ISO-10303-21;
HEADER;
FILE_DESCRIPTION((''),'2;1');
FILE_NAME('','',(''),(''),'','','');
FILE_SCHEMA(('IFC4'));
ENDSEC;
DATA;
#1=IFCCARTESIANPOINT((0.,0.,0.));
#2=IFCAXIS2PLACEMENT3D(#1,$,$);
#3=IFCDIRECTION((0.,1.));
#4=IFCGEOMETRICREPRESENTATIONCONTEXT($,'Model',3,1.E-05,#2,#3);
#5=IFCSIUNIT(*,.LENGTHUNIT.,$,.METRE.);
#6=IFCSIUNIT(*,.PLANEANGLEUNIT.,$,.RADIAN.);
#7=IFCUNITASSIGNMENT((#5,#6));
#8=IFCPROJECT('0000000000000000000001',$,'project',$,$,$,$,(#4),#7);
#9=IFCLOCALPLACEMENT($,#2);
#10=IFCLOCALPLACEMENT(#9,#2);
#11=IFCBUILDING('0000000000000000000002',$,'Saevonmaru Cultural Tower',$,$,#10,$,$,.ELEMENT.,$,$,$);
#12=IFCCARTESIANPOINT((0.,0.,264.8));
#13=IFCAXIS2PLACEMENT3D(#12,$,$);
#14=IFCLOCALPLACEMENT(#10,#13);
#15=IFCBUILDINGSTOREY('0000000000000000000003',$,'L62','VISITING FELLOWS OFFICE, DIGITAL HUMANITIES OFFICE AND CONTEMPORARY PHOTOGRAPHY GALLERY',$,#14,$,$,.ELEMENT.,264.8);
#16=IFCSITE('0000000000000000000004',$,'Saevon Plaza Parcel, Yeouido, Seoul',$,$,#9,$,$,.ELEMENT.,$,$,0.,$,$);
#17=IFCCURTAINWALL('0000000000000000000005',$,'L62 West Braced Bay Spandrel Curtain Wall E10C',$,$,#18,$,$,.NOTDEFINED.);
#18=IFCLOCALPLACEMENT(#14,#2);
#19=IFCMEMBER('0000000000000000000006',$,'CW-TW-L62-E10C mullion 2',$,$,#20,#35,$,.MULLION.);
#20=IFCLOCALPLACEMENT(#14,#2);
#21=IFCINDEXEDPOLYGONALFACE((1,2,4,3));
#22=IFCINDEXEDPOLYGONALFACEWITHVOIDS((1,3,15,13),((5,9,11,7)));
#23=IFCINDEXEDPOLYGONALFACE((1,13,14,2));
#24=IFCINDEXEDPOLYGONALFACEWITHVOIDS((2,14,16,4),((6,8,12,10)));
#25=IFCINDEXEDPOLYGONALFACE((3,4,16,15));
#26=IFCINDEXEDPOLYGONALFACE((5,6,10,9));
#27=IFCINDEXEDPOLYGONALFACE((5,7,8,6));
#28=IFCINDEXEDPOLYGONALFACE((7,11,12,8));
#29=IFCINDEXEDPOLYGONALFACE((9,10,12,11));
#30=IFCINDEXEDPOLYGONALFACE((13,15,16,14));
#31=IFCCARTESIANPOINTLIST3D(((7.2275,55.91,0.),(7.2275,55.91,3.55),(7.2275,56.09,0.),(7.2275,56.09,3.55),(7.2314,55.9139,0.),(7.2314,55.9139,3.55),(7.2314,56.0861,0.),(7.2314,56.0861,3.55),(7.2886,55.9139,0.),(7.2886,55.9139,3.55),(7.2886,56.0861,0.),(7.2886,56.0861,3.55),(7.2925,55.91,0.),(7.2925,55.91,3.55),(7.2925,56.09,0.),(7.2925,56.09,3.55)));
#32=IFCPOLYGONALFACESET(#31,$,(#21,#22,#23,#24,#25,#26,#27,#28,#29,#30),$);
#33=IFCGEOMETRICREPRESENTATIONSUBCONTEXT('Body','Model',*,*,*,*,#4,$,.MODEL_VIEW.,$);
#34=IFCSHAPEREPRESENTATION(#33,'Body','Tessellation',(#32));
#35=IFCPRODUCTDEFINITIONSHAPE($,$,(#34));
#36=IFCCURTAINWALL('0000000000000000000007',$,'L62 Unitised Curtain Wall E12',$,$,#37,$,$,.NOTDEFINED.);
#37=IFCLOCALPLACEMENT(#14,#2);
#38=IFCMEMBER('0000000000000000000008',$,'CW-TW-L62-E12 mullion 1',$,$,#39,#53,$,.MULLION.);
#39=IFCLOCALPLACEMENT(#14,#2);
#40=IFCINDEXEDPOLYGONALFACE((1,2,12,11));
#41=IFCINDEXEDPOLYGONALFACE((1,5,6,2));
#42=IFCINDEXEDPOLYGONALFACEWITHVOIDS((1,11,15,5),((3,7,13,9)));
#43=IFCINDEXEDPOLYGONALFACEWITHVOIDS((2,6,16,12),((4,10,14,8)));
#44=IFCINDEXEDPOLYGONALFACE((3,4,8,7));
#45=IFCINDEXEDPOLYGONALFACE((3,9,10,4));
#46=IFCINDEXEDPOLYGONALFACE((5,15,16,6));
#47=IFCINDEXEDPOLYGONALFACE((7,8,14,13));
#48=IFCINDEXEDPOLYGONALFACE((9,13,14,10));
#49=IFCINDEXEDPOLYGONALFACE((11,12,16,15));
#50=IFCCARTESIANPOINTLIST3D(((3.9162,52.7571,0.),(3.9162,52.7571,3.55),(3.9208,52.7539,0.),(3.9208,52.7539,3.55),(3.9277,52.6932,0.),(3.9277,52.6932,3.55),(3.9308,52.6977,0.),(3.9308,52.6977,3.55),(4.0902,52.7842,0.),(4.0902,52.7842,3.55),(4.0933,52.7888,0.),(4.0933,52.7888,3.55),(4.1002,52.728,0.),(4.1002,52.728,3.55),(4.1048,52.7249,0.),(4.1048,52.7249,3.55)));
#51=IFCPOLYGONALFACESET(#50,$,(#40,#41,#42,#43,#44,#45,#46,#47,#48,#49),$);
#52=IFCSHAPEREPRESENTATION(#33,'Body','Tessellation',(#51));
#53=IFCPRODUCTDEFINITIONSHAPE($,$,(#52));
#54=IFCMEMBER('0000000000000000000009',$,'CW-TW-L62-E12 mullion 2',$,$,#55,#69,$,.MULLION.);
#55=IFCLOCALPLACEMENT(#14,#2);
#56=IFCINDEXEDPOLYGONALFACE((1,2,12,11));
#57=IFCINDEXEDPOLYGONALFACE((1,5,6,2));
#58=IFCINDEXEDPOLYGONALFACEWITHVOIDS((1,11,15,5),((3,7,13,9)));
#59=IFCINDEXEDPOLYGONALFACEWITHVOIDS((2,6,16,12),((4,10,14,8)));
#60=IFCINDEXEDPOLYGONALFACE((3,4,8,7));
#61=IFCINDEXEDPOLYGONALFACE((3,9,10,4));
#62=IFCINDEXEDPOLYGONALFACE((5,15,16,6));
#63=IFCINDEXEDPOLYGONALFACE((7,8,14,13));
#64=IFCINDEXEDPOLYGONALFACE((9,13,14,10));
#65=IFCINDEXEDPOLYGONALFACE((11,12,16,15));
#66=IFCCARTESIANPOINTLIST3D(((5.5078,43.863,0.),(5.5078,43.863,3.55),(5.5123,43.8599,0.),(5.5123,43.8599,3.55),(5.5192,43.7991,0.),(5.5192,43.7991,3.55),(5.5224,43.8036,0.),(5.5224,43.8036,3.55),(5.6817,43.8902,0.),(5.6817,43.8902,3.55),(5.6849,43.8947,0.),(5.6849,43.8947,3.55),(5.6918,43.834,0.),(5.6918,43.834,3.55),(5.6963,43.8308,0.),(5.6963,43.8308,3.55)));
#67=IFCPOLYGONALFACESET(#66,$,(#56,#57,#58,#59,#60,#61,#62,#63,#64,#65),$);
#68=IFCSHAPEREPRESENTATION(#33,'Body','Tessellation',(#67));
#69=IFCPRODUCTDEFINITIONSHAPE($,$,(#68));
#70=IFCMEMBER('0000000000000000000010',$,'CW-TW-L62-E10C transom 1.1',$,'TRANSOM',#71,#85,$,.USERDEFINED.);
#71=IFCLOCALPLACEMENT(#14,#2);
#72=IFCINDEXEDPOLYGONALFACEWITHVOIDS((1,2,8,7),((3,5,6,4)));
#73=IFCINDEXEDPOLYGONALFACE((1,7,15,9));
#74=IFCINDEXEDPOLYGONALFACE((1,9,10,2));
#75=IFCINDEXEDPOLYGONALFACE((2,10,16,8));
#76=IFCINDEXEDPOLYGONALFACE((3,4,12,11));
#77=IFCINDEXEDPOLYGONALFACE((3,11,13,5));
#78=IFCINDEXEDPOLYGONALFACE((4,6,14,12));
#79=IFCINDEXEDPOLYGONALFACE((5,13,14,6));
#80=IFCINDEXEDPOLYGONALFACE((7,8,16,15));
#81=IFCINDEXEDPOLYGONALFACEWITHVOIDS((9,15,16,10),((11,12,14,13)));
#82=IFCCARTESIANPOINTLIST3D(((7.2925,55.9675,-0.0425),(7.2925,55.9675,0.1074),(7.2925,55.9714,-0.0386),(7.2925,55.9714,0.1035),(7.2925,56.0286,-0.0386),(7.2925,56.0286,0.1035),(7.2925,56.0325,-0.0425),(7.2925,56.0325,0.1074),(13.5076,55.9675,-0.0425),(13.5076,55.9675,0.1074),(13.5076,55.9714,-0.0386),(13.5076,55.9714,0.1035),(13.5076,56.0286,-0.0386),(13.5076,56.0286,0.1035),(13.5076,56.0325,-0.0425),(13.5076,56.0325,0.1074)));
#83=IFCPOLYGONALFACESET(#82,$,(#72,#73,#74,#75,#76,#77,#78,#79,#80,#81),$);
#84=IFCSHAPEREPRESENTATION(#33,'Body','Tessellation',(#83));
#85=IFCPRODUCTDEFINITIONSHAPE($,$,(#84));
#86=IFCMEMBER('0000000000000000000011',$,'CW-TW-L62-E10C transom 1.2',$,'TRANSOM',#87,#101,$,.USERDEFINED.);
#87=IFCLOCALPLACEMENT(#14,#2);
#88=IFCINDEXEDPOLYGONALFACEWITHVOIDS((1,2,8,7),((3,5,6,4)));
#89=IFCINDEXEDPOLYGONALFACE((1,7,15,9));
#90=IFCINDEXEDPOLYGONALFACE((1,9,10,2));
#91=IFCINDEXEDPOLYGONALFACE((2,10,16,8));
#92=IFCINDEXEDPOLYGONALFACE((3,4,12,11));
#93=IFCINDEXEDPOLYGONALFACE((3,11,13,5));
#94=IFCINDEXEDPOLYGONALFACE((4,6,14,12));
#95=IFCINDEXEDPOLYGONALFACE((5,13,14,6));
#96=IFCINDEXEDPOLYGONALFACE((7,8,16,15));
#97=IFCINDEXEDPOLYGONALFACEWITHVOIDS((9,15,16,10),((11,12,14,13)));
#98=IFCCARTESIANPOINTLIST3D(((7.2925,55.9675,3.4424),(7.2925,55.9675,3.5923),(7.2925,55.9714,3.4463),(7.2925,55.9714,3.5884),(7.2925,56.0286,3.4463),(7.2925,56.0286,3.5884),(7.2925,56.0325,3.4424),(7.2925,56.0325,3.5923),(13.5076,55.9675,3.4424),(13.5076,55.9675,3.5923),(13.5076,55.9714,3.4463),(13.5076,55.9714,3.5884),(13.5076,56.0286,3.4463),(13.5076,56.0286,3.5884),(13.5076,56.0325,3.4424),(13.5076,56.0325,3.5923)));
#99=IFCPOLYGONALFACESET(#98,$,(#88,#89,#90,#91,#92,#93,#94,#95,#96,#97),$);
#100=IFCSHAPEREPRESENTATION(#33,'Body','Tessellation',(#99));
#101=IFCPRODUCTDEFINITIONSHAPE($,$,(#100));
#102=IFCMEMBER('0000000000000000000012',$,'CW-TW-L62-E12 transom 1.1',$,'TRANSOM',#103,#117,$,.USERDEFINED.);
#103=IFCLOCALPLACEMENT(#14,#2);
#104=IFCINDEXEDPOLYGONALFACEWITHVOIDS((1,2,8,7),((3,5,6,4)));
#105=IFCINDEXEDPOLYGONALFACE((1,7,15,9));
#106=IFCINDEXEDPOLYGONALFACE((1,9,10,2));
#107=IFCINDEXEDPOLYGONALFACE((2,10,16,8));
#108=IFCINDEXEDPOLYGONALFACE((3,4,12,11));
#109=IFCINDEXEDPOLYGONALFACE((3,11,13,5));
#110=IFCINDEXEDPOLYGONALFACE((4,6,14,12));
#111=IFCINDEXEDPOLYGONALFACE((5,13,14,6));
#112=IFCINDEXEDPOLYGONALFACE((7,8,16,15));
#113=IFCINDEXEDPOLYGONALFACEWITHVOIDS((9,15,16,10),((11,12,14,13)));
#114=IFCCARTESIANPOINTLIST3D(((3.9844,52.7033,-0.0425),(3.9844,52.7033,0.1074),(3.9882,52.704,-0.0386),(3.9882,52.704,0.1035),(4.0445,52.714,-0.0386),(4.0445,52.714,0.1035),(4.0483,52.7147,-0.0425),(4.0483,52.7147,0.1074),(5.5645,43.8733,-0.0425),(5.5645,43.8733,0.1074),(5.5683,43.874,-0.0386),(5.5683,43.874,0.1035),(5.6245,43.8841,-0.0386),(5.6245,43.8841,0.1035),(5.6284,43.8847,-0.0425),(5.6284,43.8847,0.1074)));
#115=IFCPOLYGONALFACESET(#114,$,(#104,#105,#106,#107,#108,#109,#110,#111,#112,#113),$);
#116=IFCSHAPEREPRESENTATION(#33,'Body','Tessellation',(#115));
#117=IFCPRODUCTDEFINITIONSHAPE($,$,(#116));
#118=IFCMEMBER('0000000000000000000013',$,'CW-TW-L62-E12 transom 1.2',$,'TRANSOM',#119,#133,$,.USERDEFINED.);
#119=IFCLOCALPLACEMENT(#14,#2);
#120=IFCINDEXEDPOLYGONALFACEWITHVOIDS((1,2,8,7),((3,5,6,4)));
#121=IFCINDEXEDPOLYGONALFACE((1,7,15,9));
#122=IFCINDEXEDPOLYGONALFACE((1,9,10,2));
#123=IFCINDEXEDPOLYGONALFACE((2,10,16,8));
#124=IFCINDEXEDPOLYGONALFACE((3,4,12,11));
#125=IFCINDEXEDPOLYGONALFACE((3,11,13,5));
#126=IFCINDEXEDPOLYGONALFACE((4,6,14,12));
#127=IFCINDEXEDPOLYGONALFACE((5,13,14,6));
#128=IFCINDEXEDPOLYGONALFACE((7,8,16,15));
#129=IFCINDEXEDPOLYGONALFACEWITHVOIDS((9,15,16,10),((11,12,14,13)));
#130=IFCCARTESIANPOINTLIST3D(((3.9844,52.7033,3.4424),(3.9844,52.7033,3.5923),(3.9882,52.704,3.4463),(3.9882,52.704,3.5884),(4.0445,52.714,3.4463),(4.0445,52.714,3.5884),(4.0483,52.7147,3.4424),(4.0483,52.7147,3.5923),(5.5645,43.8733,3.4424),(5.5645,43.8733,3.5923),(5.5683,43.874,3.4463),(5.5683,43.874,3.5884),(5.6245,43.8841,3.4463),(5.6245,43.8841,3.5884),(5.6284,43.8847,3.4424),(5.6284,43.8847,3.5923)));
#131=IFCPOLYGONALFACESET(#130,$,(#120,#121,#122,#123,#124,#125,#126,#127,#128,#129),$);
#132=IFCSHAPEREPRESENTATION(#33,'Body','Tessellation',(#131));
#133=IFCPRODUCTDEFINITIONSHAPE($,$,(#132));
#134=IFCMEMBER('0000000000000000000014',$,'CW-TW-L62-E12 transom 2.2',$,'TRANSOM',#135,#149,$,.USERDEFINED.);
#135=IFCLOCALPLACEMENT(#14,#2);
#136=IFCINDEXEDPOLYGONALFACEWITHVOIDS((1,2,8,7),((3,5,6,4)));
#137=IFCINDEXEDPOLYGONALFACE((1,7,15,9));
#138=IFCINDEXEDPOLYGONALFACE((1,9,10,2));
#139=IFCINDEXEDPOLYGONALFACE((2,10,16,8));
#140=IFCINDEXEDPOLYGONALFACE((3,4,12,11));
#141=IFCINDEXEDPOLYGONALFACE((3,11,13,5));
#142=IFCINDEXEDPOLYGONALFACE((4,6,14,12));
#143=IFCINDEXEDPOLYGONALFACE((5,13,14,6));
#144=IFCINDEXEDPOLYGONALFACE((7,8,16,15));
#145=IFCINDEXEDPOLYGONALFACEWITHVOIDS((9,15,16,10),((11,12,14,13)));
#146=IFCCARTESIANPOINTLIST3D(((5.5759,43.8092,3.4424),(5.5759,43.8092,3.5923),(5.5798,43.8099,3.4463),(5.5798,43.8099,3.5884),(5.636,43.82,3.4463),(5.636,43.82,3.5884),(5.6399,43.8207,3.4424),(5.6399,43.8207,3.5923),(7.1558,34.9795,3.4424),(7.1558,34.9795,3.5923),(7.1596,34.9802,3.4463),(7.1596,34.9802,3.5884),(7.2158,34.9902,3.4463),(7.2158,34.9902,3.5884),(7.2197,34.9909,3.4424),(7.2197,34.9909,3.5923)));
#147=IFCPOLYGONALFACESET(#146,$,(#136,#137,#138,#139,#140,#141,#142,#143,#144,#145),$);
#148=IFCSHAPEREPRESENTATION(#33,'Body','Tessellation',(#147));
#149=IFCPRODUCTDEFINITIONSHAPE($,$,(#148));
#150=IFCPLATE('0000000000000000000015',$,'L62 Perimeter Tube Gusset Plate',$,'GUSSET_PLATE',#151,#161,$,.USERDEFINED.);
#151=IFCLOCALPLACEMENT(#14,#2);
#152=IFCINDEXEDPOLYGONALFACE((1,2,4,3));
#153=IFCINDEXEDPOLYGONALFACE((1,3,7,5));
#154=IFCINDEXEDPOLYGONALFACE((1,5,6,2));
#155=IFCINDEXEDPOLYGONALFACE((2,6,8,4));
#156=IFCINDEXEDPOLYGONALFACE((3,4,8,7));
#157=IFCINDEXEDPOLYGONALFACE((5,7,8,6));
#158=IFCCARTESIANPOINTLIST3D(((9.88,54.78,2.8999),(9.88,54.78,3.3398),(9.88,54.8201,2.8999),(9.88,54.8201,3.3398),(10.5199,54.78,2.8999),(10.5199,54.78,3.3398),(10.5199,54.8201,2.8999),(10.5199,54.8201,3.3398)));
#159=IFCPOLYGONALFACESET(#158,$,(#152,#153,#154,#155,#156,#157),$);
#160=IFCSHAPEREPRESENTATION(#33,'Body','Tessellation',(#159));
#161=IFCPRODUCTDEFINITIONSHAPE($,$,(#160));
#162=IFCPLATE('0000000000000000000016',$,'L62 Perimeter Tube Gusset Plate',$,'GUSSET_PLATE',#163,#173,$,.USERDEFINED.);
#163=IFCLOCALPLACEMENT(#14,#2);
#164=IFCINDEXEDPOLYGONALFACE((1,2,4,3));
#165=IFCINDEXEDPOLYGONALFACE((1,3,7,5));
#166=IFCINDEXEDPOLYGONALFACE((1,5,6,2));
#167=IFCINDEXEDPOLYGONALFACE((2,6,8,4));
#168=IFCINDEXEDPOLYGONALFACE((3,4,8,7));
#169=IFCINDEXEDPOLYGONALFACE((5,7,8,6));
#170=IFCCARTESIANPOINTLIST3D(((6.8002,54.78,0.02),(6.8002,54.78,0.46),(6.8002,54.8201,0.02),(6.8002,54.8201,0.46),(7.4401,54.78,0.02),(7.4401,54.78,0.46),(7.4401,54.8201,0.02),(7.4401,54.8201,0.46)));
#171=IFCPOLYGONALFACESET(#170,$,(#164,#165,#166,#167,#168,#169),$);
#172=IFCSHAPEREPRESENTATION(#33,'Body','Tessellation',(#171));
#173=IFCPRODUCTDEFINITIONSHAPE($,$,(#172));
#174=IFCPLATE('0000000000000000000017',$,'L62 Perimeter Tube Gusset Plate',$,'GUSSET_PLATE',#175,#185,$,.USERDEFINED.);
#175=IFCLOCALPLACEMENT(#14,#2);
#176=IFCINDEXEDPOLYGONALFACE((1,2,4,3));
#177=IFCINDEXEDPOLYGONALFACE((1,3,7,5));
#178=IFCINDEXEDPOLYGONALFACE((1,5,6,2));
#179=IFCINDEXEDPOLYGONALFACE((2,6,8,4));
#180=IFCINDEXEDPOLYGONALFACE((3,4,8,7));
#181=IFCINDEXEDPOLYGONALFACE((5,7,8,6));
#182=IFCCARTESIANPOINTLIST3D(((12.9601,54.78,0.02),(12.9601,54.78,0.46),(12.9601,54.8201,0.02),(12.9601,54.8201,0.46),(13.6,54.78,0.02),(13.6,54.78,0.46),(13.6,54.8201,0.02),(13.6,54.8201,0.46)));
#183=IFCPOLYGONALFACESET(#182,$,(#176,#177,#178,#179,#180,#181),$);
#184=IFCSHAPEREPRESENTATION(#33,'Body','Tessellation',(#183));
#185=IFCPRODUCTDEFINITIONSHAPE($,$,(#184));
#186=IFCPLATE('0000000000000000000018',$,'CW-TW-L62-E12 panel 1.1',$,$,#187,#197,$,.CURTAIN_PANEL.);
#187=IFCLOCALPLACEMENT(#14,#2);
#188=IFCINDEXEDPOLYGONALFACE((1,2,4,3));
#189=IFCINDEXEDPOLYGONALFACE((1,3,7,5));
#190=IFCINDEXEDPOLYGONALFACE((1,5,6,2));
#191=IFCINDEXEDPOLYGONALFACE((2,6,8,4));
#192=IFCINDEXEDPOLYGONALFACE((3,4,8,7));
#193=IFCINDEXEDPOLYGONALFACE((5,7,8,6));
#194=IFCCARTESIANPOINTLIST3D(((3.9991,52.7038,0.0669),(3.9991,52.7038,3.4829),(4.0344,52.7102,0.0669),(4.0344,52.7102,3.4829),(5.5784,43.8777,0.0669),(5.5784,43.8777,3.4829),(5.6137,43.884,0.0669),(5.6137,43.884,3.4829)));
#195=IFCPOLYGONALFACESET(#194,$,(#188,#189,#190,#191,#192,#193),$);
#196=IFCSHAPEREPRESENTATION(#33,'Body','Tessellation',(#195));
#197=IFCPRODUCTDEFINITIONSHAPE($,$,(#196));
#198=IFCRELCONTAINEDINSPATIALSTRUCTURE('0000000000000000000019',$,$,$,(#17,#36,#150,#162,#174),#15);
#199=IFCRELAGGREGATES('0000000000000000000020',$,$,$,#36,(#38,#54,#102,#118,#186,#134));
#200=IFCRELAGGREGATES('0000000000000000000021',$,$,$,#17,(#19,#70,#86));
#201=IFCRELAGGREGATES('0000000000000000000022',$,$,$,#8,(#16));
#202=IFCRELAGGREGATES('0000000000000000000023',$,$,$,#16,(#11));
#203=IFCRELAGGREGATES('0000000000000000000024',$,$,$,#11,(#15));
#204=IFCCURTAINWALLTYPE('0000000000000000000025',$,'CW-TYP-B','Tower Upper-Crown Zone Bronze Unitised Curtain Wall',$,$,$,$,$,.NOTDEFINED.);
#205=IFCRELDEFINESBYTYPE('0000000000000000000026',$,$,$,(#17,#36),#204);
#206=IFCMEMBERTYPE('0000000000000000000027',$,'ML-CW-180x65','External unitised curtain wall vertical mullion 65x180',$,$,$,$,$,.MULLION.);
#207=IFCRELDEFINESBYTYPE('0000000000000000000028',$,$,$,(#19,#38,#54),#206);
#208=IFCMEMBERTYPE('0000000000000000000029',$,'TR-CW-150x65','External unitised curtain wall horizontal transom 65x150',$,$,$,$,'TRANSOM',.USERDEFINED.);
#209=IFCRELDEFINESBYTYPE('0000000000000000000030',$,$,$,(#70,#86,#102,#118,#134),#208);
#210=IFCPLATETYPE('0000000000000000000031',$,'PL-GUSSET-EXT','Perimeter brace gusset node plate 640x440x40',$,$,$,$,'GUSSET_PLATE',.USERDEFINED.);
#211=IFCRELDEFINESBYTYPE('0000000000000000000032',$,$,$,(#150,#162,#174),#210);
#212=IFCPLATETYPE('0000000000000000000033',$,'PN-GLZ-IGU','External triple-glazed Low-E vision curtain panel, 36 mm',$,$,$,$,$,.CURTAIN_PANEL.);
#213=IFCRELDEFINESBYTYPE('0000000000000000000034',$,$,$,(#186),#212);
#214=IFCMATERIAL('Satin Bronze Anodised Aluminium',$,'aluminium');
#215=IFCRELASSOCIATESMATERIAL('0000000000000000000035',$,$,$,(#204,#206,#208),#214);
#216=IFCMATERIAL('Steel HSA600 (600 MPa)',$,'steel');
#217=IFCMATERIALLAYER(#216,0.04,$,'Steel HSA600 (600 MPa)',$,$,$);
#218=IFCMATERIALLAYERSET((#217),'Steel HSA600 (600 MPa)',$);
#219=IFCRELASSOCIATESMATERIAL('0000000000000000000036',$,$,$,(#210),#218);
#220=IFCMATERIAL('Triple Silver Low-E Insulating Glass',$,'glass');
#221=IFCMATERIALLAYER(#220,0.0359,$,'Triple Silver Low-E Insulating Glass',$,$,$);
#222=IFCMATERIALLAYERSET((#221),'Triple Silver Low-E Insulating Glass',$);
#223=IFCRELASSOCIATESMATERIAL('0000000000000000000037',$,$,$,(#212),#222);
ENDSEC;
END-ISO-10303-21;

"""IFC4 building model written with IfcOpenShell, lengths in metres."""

from ifc_helpers import new_model, si_unit, direction, frame, origin, origin_2d, place, context, subcontext, project, spatial, rectangle, hollow_rectangle, extrude, material, layer, layer_set, material_profile, profile_set, type_object, element, aggregate, save


model = new_model("IFC4")

# Units and contexts
model_context = context("Model", 3, precision=1e-05, world=origin(), true_north=direction((0.0, 1.0)))
body_context = subcontext(model_context, "Body", "Model", "MODEL_VIEW")
ifc_project = project(units=[si_unit("LENGTHUNIT", "METRE"), si_unit("PLANEANGLEUNIT", "RADIAN")], contexts=[model_context])

# Site, building, storey
site_placement = place(None, origin())
site = spatial("IfcSite", under=ifc_project, at=site_placement, Name="Saevon Plaza Parcel, Yeouido, Seoul", CompositionType="ELEMENT", RefElevation=0.0)
building_placement = place(site_placement, origin())
building = spatial("IfcBuilding", under=site, at=building_placement, Name="Saevonmaru Cultural Tower", CompositionType="ELEMENT")
storey_placement = place(building_placement, frame((0.0, 0.0, 264.8)))
storey = spatial("IfcBuildingStorey", under=building, at=storey_placement, Name="L62", Description="VISITING FELLOWS OFFICE, DIGITAL HUMANITIES OFFICE AND CONTEMPORARY PHOTOGRAPHY GALLERY", CompositionType="ELEMENT", Elevation=264.8)

# Curtain walls, members
ifc_material_1 = material(Name="Satin Bronze Anodised Aluminium", Category="aluminium")
curtain_wall_type = type_object("IfcCurtainWallType", Name="CW-TYP-B", Description="Tower Upper-Crown Zone Bronze Unitised Curtain Wall", PredefinedType="NOTDEFINED", material=ifc_material_1)
curtain_wall_1_placement = place(storey_placement, origin())
curtain_wall_1 = element("IfcCurtainWall", 1, at=curtain_wall_1_placement, inside=storey, type_object=curtain_wall_type, Name="L62 West Braced Bay Spandrel Curtain Wall E10C", PredefinedType="NOTDEFINED")
ifc_material_profile_1 = material_profile(ifc_material_1, hollow_rectangle(XDim=0.0649, YDim=0.1799, WallThickness=0.0039, at=origin_2d()), Name="ALU-MULL-180x65x4")
ifc_profile_set_1 = profile_set([ifc_material_profile_1], Name="Satin Bronze Anodised Aluminium")
member_type_1 = type_object("IfcMemberType", Name="ML-CW-180x65", Description="External unitised curtain wall vertical mullion 65x180", PredefinedType="MULLION", material=ifc_profile_set_1)
member_1_placement = place(storey_placement, frame((7.26, 56.0, 0.0), z_axis=(0.0, 0.0, 1.0), x_axis=(-1.0, 0.0, 0.0)))
member_1 = element("IfcMember", 2, at=member_1_placement, type_object=member_type_1, Name="CW-TW-L62-E10C mullion 2", PredefinedType="MULLION", context=body_context, shape_type="SweptSolid", body=[
    extrude(hollow_rectangle(XDim=0.0649, YDim=0.1799, WallThickness=0.0039, at=origin_2d()), origin(), (0.0, 0.0, 1.0), 3.55),
])
curtain_wall_2_placement = place(storey_placement, origin())
curtain_wall_2 = element("IfcCurtainWall", 3, at=curtain_wall_2_placement, inside=storey, type_object=curtain_wall_type, Name="L62 Unitised Curtain Wall E12", PredefinedType="NOTDEFINED")
member_2_placement = place(storey_placement, frame((4.0105, 52.741, 0.0), z_axis=(0.0, 0.0, 1.0), x_axis=(0.176141, -0.984365, 0.0)))
member_2 = element("IfcMember", 4, at=member_2_placement, type_object=member_type_1, Name="CW-TW-L62-E12 mullion 1", PredefinedType="MULLION", context=body_context, shape_type="SweptSolid", body=[
    extrude(hollow_rectangle(XDim=0.0649, YDim=0.1799, WallThickness=0.0039, at=origin_2d()), origin(), (0.0, 0.0, 1.0), 3.55),
])
member_3_placement = place(storey_placement, frame((5.6021, 43.8469, 0.0), z_axis=(0.0, 0.0, 1.0), x_axis=(0.176141, -0.984365, 0.0)))
member_3 = element("IfcMember", 5, at=member_3_placement, type_object=member_type_1, Name="CW-TW-L62-E12 mullion 2", PredefinedType="MULLION", context=body_context, shape_type="SweptSolid", body=[
    extrude(hollow_rectangle(XDim=0.0649, YDim=0.1799, WallThickness=0.0039, at=origin_2d()), origin(), (0.0, 0.0, 1.0), 3.55),
])

# Members
ifc_material_profile_2 = material_profile(ifc_material_1, hollow_rectangle(XDim=0.0649, YDim=0.1499, WallThickness=0.0039, at=origin_2d()), Name="ALU-TRAN-150x65x4")
ifc_profile_set_2 = profile_set([ifc_material_profile_2], Name="Satin Bronze Anodised Aluminium")
member_type_2 = type_object("IfcMemberType", Name="TR-CW-150x65", Description="External unitised curtain wall horizontal transom 65x150", ElementType="TRANSOM", PredefinedType="USERDEFINED", material=ifc_profile_set_2)
member_4_placement = place(storey_placement, frame((13.5076, 56.0, 0.0325), z_axis=(-1.0, 0.0, 0.0), x_axis=(0.0, -1.0, 0.0)))
member_4 = element("IfcMember", 6, at=member_4_placement, type_object=member_type_2, Name="CW-TW-L62-E10C transom 1.1", ObjectType="TRANSOM", PredefinedType="USERDEFINED", context=body_context, shape_type="SweptSolid", body=[
    extrude(hollow_rectangle(XDim=0.0649, YDim=0.1499, WallThickness=0.0039, at=origin_2d()), origin(), (0.0, 0.0, 1.0), 6.2151),
])
member_5_placement = place(storey_placement, frame((13.5076, 56.0, 3.5173), z_axis=(-1.0, 0.0, 0.0), x_axis=(0.0, -1.0, 0.0)))
member_5 = element("IfcMember", 7, at=member_5_placement, type_object=member_type_2, Name="CW-TW-L62-E10C transom 1.2", ObjectType="TRANSOM", PredefinedType="USERDEFINED", context=body_context, shape_type="SweptSolid", body=[
    extrude(hollow_rectangle(XDim=0.0649, YDim=0.1499, WallThickness=0.0039, at=origin_2d()), origin(), (0.0, 0.0, 1.0), 6.2151),
])
member_6_placement = place(storey_placement, frame((4.0164, 52.709, 0.0325), z_axis=(0.176145, -0.984364, 0.0), x_axis=(0.984364, 0.176145, 0.0)))
member_6 = element("IfcMember", 8, at=member_6_placement, type_object=member_type_2, Name="CW-TW-L62-E12 transom 1.1", ObjectType="TRANSOM", PredefinedType="USERDEFINED", context=body_context, shape_type="SweptSolid", body=[
    extrude(hollow_rectangle(XDim=0.0649, YDim=0.1499, WallThickness=0.0039, at=origin_2d()), origin(), (0.0, 0.0, 1.0), 8.9702),
])
member_7_placement = place(storey_placement, frame((4.0164, 52.709, 3.5173), z_axis=(0.176145, -0.984364, 0.0), x_axis=(0.984364, 0.176145, 0.0)))
member_7 = element("IfcMember", 9, at=member_7_placement, type_object=member_type_2, Name="CW-TW-L62-E12 transom 1.2", ObjectType="TRANSOM", PredefinedType="USERDEFINED", context=body_context, shape_type="SweptSolid", body=[
    extrude(hollow_rectangle(XDim=0.0649, YDim=0.1499, WallThickness=0.0039, at=origin_2d()), origin(), (0.0, 0.0, 1.0), 8.9702),
])
member_8_placement = place(storey_placement, frame((5.6079, 43.8149, 3.5173), z_axis=(0.176123, -0.984368, 0.0), x_axis=(0.984368, 0.176123, 0.0)))
member_8 = element("IfcMember", 10, at=member_8_placement, type_object=member_type_2, Name="CW-TW-L62-E12 transom 2.2", ObjectType="TRANSOM", PredefinedType="USERDEFINED", context=body_context, shape_type="SweptSolid", body=[
    extrude(hollow_rectangle(XDim=0.0649, YDim=0.1499, WallThickness=0.0039, at=origin_2d()), origin(), (0.0, 0.0, 1.0), 8.97),
])

# Plates
ifc_material_2 = material(Name="Steel HSA600 (600 MPa)", Category="steel")
ifc_layer_1 = layer(ifc_material_2, 0.04, Name="Steel HSA600 (600 MPa)")
ifc_layer_set_1 = layer_set([ifc_layer_1], Name="Steel HSA600 (600 MPa)")
plate_type_1 = type_object("IfcPlateType", Name="PL-GUSSET-EXT", Description="Perimeter brace gusset node plate 640x440x40", ElementType="GUSSET_PLATE", PredefinedType="USERDEFINED", material=ifc_layer_set_1)
for number, where, z_axis, x_axis, name in (
    (11, (10.2, 54.8, 2.8999), (0.0, 0.0, 1.0), (1.0, 0.0, 0.0), "L62 Perimeter Tube Gusset Plate"),
    (12, (7.1201, 54.8, 0.02), (0.0, 0.0, 1.0), (1.0, 0.0, 0.0), "L62 Perimeter Tube Gusset Plate"),
    (13, (13.28, 54.8, 0.02), (0.0, 0.0, 1.0), (1.0, 0.0, 0.0), "L62 Perimeter Tube Gusset Plate"),
):
    element("IfcPlate", number, at=place(storey_placement, frame(where, z_axis=z_axis, x_axis=x_axis)), inside=storey, type_object=plate_type_1, Name=name, ObjectType="GUSSET_PLATE", PredefinedType="USERDEFINED", context=body_context, shape_type="SweptSolid", body=[
        extrude(rectangle(XDim=0.6399, YDim=0.04, at=origin_2d()), origin(), (0.0, 0.0, 1.0), 0.4399),
    ])

# Plate
ifc_material_3 = material(Name="Triple Silver Low-E Insulating Glass", Category="glass")
ifc_layer_2 = layer(ifc_material_3, 0.0359, Name="Triple Silver Low-E Insulating Glass")
ifc_layer_set_2 = layer_set([ifc_layer_2], Name="Triple Silver Low-E Insulating Glass")
plate_type_2 = type_object("IfcPlateType", Name="PN-GLZ-IGU", Description="External triple-glazed Low-E vision curtain panel, 36 mm", PredefinedType="CURTAIN_PANEL", material=ifc_layer_set_2)
plate_1_placement = place(storey_placement, frame((4.8064, 48.2939, 0.0669), z_axis=(0.0, 0.0, 1.0), x_axis=(0.176141, -0.984365, 0.0)))
plate_1 = element("IfcPlate", 14, at=plate_1_placement, type_object=plate_type_2, Name="CW-TW-L62-E12 panel 1.1", PredefinedType="CURTAIN_PANEL", context=body_context, shape_type="SweptSolid", body=[
    extrude(rectangle(XDim=8.9663, YDim=0.0359, at=origin_2d()), origin(), (0.0, 0.0, 1.0), 3.416),
])
aggregate(curtain_wall_2, [member_2, member_3, member_6, member_7, plate_1, member_8])
aggregate(curtain_wall_1, [member_1, member_4, member_5])

save(model, "model.ifc")
